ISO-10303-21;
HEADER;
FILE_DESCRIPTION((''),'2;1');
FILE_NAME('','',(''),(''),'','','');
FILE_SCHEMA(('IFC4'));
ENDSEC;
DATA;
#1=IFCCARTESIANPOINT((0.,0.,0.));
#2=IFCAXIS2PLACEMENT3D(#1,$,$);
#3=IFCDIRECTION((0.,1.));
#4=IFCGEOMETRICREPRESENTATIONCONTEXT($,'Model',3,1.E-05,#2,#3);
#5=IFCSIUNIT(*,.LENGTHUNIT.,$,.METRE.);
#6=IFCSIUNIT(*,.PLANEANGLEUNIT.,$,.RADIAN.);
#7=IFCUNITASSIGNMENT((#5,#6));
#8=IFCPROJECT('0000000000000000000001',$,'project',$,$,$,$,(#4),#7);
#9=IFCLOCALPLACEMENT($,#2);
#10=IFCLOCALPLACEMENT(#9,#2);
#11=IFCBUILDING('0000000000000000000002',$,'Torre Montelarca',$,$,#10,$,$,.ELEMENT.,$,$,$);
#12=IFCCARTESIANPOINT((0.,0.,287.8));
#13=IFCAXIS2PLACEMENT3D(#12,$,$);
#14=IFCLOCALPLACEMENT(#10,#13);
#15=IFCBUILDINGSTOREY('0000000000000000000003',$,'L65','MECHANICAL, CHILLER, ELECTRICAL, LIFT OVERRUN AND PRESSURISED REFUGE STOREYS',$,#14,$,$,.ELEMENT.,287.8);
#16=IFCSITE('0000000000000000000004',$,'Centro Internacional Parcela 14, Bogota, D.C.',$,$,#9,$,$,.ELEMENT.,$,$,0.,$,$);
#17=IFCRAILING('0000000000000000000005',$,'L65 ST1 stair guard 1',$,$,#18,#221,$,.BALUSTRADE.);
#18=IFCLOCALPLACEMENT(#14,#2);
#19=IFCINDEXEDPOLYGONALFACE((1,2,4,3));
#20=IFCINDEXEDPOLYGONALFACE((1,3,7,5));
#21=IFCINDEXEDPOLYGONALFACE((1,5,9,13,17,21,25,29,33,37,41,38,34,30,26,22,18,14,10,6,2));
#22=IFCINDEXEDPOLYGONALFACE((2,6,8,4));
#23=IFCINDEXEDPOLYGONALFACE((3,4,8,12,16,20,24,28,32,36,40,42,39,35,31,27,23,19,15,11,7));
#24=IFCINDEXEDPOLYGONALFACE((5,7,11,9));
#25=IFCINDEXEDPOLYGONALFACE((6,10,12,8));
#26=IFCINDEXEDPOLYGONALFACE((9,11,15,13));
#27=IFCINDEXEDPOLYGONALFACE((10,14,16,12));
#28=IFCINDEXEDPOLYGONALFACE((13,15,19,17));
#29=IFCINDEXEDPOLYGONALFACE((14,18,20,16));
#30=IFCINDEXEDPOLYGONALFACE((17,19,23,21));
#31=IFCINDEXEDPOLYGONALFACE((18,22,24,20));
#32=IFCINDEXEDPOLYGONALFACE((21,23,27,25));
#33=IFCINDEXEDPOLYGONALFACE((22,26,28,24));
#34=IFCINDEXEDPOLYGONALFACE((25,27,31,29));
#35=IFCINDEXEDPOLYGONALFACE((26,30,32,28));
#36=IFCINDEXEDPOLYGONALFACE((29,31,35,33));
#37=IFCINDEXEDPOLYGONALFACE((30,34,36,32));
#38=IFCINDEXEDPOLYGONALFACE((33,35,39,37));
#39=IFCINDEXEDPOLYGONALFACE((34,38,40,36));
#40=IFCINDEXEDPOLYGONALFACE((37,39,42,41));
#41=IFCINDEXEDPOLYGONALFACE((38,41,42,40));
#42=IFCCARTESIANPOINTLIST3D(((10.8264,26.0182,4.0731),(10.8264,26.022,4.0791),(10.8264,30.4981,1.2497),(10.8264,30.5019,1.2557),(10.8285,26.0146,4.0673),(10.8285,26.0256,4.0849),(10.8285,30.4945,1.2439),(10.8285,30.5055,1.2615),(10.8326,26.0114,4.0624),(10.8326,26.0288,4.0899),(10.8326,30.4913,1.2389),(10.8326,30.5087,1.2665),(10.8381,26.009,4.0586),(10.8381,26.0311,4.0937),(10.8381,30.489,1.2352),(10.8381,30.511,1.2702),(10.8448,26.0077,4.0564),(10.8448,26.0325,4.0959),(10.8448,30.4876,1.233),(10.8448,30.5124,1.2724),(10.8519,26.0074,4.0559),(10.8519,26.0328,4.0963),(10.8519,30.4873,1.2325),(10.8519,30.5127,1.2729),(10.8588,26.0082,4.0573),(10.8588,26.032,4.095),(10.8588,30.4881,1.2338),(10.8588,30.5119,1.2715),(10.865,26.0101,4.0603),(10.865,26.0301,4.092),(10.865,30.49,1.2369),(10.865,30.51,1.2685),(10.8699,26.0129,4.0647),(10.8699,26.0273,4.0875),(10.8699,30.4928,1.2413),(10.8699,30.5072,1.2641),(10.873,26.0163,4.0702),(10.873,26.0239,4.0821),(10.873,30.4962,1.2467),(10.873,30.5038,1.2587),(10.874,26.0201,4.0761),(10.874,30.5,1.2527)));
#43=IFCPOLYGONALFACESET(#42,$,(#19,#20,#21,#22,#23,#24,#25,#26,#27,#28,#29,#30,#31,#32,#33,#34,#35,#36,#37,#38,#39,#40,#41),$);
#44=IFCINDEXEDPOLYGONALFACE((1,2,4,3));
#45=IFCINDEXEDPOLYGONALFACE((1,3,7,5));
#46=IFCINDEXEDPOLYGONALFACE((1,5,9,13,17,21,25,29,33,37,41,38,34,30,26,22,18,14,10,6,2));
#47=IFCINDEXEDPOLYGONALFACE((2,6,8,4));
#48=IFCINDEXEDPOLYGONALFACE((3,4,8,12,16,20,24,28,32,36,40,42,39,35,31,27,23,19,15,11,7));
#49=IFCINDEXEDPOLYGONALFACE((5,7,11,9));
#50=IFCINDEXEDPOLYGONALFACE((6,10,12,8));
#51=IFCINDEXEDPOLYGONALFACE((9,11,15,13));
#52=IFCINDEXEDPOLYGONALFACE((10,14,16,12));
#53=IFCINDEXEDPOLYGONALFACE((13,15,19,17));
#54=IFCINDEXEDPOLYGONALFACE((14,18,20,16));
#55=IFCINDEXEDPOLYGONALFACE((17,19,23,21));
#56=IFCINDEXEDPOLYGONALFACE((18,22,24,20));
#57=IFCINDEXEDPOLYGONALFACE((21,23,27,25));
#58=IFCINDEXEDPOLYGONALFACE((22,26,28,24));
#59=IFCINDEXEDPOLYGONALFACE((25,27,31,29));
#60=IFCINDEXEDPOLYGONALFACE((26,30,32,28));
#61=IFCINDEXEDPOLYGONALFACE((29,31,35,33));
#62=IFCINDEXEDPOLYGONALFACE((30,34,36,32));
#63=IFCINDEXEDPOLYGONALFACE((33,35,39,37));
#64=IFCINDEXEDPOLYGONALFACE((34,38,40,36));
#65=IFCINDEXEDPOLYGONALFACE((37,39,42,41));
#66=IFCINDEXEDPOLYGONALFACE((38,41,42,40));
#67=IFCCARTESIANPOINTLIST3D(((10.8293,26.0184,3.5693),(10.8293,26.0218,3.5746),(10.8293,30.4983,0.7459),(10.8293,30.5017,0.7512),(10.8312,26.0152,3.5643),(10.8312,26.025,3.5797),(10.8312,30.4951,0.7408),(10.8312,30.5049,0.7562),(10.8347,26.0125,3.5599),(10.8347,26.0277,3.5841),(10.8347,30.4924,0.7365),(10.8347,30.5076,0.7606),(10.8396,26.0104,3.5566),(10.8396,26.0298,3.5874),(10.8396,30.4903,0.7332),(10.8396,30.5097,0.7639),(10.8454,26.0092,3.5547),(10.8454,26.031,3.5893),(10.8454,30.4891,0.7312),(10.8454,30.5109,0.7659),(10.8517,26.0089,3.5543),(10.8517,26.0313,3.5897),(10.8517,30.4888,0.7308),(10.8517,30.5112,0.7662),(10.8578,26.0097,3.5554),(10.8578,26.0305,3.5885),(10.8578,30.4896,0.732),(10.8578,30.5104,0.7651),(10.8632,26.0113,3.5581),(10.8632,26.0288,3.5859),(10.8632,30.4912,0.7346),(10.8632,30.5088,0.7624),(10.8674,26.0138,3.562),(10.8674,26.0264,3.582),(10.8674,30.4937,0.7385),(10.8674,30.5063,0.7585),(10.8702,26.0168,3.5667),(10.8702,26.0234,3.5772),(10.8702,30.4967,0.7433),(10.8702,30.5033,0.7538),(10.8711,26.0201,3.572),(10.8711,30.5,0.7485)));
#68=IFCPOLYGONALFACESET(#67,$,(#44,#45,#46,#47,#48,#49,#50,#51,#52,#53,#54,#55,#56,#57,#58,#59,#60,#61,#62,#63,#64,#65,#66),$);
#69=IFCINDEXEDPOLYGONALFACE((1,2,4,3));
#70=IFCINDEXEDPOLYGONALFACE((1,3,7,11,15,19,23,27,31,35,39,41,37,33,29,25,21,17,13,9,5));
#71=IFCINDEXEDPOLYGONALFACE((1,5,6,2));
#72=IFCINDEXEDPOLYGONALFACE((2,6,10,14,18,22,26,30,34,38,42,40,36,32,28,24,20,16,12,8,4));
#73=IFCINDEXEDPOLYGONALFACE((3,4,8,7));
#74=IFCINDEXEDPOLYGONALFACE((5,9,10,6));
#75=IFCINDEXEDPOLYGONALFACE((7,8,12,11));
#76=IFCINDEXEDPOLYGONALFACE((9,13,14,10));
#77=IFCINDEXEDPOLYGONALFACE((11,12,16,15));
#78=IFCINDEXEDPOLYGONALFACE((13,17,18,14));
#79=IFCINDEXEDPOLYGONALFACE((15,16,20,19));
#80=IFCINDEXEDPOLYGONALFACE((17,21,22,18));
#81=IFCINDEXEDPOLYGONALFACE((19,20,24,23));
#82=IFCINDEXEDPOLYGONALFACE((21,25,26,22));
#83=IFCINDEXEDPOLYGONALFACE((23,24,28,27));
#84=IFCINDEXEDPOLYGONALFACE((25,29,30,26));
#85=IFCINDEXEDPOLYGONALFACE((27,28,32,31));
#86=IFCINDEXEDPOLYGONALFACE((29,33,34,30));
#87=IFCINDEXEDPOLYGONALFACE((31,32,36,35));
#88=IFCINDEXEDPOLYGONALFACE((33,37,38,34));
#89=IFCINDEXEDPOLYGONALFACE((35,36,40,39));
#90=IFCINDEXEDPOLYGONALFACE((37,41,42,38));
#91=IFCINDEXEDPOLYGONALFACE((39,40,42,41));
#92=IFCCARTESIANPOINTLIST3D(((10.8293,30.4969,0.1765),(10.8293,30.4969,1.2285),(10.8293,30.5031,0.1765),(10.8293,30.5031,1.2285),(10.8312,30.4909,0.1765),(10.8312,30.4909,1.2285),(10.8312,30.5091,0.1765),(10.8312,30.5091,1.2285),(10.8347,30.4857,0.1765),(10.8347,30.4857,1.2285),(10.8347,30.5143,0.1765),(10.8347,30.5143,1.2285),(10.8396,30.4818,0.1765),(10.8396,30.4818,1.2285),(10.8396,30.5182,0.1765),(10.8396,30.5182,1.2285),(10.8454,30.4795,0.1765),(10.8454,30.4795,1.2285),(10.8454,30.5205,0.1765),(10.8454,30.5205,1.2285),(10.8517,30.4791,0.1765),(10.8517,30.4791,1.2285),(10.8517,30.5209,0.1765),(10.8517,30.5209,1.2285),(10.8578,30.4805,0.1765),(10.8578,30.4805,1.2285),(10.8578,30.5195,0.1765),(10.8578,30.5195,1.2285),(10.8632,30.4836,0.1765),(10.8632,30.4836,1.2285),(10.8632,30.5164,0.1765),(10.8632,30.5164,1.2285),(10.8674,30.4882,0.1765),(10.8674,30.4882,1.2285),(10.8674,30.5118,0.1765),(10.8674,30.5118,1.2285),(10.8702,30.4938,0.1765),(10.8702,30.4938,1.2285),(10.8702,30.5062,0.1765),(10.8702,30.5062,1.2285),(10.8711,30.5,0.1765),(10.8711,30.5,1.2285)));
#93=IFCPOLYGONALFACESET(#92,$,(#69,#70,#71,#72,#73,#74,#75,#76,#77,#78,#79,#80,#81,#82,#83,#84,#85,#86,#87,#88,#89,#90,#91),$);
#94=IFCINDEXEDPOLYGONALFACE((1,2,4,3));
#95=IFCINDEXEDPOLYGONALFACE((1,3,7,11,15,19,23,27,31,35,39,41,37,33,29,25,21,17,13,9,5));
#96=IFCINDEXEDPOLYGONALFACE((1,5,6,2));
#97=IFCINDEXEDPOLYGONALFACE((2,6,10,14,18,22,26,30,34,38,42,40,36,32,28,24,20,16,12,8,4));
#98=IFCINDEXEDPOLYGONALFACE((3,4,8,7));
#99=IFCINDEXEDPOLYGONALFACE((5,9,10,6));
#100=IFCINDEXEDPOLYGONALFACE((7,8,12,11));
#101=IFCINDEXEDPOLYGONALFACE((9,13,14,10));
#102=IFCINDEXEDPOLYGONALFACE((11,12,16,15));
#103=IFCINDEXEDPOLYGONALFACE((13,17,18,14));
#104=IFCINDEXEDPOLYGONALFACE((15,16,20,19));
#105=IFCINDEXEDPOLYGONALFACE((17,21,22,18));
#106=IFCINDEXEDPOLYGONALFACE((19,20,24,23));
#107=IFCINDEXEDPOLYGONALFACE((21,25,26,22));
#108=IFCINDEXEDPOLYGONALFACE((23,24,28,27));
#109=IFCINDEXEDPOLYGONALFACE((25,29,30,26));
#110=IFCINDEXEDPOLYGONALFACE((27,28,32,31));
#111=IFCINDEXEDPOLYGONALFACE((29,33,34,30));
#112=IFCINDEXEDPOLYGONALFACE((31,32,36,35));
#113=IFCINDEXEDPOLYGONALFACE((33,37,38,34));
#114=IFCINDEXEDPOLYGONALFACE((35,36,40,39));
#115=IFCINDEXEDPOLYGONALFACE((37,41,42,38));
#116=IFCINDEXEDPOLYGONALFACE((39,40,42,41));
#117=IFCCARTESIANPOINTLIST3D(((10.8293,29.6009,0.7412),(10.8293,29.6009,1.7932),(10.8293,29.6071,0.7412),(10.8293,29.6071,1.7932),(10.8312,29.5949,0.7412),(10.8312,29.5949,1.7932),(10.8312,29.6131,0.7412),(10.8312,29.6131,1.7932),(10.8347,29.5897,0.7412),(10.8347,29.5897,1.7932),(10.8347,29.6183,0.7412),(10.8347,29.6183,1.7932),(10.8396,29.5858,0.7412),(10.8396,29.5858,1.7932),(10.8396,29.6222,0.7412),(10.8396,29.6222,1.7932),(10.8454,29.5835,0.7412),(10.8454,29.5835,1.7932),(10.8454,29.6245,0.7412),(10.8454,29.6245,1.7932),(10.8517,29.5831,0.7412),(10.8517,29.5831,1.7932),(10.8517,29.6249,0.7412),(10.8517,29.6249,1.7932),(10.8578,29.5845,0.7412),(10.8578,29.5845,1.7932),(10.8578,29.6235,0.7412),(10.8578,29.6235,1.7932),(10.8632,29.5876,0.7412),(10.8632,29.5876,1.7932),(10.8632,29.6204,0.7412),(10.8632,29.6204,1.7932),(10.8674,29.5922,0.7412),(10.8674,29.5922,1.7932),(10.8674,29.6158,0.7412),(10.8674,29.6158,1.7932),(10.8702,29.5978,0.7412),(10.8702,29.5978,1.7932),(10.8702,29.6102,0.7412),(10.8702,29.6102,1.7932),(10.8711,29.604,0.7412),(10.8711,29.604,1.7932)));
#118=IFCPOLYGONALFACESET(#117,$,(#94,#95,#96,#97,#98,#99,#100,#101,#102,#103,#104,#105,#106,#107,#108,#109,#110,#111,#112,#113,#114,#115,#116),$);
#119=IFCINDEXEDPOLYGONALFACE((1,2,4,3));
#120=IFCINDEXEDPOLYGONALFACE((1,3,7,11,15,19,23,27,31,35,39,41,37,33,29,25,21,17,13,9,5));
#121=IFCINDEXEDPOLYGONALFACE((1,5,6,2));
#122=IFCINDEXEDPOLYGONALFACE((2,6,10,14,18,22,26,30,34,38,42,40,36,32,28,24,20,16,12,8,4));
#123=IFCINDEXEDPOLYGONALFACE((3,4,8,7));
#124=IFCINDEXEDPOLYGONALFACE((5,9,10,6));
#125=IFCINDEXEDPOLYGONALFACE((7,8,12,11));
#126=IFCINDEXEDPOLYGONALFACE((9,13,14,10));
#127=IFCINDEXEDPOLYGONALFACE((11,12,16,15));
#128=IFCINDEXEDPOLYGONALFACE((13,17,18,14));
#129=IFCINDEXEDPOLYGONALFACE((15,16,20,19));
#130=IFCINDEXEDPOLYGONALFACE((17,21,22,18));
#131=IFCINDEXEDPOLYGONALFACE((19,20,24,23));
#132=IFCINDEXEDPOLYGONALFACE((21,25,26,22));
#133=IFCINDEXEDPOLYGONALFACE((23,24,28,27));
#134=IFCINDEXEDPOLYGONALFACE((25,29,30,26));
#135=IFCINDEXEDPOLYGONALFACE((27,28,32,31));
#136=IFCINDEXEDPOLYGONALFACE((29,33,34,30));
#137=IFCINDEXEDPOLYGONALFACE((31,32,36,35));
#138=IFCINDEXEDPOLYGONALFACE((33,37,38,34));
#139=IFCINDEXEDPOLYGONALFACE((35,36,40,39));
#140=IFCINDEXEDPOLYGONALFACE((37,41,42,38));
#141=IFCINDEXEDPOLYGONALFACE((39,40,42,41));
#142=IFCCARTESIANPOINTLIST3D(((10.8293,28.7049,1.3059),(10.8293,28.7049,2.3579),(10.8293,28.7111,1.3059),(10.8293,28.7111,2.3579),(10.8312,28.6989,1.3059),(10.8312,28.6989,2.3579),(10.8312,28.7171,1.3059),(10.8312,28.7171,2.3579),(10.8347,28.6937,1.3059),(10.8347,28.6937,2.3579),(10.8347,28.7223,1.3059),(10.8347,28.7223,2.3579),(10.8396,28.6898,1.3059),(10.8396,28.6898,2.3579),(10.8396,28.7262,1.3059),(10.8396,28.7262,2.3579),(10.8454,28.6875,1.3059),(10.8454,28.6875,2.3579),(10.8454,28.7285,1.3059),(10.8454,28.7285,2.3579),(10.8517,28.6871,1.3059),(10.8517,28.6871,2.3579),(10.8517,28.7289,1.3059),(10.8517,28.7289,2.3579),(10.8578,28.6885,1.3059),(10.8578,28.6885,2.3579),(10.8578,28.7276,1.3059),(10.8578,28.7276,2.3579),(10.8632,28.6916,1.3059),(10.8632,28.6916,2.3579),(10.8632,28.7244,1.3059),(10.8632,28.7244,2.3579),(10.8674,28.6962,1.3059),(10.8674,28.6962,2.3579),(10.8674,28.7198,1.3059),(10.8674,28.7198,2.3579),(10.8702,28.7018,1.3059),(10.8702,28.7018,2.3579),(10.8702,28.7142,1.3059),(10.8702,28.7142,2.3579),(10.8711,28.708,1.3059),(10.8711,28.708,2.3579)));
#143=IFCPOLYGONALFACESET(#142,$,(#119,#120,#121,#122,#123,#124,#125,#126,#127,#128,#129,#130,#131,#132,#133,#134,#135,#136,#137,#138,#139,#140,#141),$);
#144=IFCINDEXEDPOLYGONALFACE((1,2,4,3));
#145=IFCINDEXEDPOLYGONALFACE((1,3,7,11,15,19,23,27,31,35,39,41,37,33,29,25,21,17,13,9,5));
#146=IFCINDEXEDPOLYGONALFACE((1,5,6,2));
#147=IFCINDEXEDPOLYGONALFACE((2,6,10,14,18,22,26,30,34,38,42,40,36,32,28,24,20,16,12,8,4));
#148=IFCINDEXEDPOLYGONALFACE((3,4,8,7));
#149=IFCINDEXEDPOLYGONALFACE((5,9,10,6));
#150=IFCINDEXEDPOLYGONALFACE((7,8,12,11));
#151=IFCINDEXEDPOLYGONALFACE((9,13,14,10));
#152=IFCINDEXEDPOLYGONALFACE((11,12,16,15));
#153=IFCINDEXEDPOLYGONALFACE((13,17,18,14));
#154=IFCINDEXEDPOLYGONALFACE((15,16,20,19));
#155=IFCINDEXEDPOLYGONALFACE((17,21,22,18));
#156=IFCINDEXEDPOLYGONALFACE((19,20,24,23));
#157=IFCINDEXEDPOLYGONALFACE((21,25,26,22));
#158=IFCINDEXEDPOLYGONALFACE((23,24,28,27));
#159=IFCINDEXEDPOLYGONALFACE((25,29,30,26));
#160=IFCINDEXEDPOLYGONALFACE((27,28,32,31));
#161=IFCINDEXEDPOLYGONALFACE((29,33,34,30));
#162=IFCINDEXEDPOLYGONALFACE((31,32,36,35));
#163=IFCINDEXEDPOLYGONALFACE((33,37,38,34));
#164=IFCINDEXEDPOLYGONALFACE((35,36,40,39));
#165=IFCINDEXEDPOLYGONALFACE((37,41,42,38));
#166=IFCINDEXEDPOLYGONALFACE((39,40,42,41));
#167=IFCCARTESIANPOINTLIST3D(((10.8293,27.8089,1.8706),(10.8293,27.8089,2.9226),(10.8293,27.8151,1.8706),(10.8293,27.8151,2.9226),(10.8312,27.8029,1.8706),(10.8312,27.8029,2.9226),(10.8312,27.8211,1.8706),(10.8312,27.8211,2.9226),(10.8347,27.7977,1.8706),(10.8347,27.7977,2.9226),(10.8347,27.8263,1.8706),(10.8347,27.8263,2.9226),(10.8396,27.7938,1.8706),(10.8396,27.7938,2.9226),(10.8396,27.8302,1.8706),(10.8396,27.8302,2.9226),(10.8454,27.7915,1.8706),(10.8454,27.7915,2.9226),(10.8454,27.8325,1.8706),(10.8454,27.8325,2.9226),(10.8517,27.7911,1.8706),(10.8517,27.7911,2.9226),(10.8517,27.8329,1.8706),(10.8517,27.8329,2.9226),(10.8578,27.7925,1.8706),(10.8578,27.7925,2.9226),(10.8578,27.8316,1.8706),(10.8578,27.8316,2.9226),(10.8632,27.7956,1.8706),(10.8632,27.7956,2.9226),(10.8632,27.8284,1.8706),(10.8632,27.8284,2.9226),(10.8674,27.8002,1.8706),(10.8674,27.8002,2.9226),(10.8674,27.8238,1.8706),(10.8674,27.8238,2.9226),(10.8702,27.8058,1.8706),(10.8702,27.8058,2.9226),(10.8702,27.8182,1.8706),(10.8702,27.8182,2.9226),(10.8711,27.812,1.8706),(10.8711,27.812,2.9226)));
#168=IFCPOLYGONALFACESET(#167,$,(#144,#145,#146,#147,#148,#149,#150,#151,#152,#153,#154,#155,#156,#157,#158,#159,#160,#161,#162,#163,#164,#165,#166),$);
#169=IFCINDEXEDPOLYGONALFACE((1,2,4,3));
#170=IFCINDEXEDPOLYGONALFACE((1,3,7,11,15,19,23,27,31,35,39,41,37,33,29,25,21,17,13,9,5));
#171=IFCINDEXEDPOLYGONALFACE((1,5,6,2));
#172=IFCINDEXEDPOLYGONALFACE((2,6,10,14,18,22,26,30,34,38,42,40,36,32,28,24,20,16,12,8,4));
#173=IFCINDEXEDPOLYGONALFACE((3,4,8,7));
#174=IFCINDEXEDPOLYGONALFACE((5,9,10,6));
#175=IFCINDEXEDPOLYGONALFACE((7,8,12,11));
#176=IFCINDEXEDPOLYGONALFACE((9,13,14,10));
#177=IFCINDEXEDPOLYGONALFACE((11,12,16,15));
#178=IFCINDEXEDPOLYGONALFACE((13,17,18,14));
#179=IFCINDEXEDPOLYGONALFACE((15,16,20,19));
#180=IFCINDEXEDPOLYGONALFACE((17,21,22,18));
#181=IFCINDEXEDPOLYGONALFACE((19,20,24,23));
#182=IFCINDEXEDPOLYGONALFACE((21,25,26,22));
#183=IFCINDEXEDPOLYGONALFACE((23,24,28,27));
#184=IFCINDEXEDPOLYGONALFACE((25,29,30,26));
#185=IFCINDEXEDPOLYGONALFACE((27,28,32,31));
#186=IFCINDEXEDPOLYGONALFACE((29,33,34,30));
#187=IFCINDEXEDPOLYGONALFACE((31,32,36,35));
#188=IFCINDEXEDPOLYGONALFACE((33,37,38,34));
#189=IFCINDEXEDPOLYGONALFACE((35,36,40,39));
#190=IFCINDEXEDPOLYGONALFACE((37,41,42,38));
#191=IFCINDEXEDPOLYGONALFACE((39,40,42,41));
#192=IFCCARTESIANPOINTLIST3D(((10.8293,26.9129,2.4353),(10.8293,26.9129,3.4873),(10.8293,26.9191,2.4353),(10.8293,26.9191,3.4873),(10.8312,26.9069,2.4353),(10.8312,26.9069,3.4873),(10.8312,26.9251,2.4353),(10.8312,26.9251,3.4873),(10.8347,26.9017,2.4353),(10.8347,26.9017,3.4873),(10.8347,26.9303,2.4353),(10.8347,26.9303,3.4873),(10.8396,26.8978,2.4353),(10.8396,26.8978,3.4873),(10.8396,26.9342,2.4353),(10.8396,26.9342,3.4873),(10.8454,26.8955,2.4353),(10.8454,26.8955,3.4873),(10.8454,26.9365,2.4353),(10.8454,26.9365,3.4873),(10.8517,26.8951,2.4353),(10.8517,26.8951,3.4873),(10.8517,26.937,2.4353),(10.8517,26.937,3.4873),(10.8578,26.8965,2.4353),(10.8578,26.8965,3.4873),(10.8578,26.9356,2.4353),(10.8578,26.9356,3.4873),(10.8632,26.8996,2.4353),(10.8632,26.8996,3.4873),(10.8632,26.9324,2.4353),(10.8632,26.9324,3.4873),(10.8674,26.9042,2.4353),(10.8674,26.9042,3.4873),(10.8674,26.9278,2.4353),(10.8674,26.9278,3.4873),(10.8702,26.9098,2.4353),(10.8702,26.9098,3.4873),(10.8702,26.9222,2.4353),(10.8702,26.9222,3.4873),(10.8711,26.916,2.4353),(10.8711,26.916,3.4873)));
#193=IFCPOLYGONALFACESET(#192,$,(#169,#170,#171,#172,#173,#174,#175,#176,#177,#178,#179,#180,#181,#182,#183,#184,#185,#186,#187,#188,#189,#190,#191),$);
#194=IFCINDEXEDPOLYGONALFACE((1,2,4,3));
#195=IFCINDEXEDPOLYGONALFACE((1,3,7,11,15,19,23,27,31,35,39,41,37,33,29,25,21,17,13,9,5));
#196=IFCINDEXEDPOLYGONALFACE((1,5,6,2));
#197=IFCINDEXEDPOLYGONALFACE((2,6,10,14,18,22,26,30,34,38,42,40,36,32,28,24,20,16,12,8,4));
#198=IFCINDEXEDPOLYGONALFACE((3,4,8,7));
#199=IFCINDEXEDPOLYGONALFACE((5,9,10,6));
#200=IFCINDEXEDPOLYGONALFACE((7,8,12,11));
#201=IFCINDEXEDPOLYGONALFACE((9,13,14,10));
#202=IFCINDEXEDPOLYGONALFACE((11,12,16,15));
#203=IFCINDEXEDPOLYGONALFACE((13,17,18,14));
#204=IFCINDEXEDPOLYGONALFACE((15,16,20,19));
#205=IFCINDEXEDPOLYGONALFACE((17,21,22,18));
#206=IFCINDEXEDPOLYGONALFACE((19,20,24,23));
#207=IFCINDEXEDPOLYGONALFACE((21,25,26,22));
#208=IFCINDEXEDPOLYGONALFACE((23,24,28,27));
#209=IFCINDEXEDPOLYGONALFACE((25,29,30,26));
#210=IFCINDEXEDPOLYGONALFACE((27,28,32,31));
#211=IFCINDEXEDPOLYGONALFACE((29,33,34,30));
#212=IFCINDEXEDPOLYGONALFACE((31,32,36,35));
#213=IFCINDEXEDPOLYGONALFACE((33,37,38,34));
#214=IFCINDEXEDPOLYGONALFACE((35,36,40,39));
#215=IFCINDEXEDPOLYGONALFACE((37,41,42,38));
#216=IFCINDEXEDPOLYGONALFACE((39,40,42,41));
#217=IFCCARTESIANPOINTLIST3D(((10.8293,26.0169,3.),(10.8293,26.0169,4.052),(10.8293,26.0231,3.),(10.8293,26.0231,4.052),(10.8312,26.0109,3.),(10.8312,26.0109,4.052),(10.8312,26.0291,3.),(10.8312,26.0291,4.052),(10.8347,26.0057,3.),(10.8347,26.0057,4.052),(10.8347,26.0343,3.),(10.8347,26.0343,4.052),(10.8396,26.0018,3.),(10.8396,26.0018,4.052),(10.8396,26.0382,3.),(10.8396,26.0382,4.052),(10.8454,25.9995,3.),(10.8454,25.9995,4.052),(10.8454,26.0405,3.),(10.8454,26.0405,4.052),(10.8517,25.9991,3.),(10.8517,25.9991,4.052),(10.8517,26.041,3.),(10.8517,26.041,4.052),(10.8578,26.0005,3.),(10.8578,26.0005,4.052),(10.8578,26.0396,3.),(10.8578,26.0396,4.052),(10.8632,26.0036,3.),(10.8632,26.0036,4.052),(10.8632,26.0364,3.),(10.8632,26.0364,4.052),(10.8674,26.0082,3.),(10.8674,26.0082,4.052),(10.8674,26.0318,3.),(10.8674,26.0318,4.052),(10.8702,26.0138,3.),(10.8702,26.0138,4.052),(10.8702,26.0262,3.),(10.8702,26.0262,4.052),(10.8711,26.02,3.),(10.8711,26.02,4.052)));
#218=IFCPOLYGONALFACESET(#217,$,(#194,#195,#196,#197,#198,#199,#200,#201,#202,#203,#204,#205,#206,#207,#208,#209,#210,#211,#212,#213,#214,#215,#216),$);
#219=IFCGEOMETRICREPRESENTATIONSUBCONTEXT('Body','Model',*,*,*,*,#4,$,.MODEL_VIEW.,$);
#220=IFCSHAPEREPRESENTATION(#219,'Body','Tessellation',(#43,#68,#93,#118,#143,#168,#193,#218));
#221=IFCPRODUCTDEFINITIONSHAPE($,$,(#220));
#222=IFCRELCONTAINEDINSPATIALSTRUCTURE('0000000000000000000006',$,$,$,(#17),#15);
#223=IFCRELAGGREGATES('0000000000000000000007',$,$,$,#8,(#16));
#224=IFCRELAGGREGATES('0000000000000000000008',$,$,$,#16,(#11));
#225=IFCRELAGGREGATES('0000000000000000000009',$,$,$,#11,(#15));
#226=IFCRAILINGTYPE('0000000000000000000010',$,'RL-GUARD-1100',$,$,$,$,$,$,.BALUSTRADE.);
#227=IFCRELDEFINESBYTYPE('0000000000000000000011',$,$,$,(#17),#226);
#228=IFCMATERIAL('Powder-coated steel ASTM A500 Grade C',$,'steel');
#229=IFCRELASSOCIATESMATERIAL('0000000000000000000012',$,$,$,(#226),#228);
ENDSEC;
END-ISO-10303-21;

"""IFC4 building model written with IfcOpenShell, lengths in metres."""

from ifc_helpers import new_model, si_unit, direction, frame, origin, origin_2d, place, context, subcontext, project, spatial, circle, extrude, material, type_object, element, save


model = new_model("IFC4")

# Units and contexts
model_context = context("Model", 3, precision=1e-05, world=origin(), true_north=direction((0.0, 1.0)))
body_context = subcontext(model_context, "Body", "Model", "MODEL_VIEW")
ifc_project = project(units=[si_unit("LENGTHUNIT", "METRE"), si_unit("PLANEANGLEUNIT", "RADIAN")], contexts=[model_context])

# Site, building, storey
site_placement = place(None, origin())
site = spatial("IfcSite", under=ifc_project, at=site_placement, Name="Centro Internacional Parcela 14, Bogota, D.C.", CompositionType="ELEMENT", RefElevation=0.0)
building_placement = place(site_placement, origin())
building = spatial("IfcBuilding", under=site, at=building_placement, Name="Torre Montelarca", CompositionType="ELEMENT")
storey_placement = place(building_placement, frame((0.0, 0.0, 287.8)))
storey = spatial("IfcBuildingStorey", under=building, at=storey_placement, Name="L65", Description="MECHANICAL, CHILLER, ELECTRICAL, LIFT OVERRUN AND PRESSURISED REFUGE STOREYS", CompositionType="ELEMENT", Elevation=287.8)

# Railing
ifc_material_1 = material(Name="Powder-coated steel ASTM A500 Grade C", Category="steel")
railing_type_1 = type_object("IfcRailingType", Name="RL-GUARD-1100", PredefinedType="BALUSTRADE", material=ifc_material_1)
railing_1_placement = place(storey_placement, frame((10.8501, 30.5, 0.1765)))
element("IfcRailing", 1, at=railing_1_placement, inside=storey, type_object=railing_type_1, Name="L65 ST1 stair guard 1", PredefinedType="BALUSTRADE", context=body_context, shape_type="SweptSolid", body=[
    extrude(circle(Radius=0.0239, at=origin_2d()), frame((0.0, 0.0, 1.0762), z_axis=(0.0, -0.845998, 0.533186), x_axis=(1.0, 0.0, 0.0)), (0.0, 0.0, 1.0), 5.2954),
    extrude(circle(Radius=0.021, at=origin_2d()), frame((0.0, 0.0, 0.572), z_axis=(0.0, -0.845998, 0.533186), x_axis=(1.0, 0.0, 0.0)), (0.0, 0.0, 1.0), 5.2954),
    extrude(circle(Radius=0.021, at=origin_2d()), origin(), (0.0, 0.0, 1.0), 1.052),
    extrude(circle(Radius=0.021, at=origin_2d()), frame((0.0, -0.896, 0.5647)), (0.0, 0.0, 1.0), 1.052),
    extrude(circle(Radius=0.021, at=origin_2d()), frame((0.0, -1.792, 1.1294)), (0.0, 0.0, 1.0), 1.052),
    extrude(circle(Radius=0.021, at=origin_2d()), frame((0.0, -2.688, 1.6941)), (0.0, 0.0, 1.0), 1.052),
    extrude(circle(Radius=0.021, at=origin_2d()), frame((0.0, -3.584, 2.2588)), (0.0, 0.0, 1.0), 1.052),
    extrude(circle(Radius=0.021, at=origin_2d()), frame((0.0, -4.48, 2.8235)), (0.0, 0.0, 1.0), 1.052),
])

save(model, "model.ifc")
